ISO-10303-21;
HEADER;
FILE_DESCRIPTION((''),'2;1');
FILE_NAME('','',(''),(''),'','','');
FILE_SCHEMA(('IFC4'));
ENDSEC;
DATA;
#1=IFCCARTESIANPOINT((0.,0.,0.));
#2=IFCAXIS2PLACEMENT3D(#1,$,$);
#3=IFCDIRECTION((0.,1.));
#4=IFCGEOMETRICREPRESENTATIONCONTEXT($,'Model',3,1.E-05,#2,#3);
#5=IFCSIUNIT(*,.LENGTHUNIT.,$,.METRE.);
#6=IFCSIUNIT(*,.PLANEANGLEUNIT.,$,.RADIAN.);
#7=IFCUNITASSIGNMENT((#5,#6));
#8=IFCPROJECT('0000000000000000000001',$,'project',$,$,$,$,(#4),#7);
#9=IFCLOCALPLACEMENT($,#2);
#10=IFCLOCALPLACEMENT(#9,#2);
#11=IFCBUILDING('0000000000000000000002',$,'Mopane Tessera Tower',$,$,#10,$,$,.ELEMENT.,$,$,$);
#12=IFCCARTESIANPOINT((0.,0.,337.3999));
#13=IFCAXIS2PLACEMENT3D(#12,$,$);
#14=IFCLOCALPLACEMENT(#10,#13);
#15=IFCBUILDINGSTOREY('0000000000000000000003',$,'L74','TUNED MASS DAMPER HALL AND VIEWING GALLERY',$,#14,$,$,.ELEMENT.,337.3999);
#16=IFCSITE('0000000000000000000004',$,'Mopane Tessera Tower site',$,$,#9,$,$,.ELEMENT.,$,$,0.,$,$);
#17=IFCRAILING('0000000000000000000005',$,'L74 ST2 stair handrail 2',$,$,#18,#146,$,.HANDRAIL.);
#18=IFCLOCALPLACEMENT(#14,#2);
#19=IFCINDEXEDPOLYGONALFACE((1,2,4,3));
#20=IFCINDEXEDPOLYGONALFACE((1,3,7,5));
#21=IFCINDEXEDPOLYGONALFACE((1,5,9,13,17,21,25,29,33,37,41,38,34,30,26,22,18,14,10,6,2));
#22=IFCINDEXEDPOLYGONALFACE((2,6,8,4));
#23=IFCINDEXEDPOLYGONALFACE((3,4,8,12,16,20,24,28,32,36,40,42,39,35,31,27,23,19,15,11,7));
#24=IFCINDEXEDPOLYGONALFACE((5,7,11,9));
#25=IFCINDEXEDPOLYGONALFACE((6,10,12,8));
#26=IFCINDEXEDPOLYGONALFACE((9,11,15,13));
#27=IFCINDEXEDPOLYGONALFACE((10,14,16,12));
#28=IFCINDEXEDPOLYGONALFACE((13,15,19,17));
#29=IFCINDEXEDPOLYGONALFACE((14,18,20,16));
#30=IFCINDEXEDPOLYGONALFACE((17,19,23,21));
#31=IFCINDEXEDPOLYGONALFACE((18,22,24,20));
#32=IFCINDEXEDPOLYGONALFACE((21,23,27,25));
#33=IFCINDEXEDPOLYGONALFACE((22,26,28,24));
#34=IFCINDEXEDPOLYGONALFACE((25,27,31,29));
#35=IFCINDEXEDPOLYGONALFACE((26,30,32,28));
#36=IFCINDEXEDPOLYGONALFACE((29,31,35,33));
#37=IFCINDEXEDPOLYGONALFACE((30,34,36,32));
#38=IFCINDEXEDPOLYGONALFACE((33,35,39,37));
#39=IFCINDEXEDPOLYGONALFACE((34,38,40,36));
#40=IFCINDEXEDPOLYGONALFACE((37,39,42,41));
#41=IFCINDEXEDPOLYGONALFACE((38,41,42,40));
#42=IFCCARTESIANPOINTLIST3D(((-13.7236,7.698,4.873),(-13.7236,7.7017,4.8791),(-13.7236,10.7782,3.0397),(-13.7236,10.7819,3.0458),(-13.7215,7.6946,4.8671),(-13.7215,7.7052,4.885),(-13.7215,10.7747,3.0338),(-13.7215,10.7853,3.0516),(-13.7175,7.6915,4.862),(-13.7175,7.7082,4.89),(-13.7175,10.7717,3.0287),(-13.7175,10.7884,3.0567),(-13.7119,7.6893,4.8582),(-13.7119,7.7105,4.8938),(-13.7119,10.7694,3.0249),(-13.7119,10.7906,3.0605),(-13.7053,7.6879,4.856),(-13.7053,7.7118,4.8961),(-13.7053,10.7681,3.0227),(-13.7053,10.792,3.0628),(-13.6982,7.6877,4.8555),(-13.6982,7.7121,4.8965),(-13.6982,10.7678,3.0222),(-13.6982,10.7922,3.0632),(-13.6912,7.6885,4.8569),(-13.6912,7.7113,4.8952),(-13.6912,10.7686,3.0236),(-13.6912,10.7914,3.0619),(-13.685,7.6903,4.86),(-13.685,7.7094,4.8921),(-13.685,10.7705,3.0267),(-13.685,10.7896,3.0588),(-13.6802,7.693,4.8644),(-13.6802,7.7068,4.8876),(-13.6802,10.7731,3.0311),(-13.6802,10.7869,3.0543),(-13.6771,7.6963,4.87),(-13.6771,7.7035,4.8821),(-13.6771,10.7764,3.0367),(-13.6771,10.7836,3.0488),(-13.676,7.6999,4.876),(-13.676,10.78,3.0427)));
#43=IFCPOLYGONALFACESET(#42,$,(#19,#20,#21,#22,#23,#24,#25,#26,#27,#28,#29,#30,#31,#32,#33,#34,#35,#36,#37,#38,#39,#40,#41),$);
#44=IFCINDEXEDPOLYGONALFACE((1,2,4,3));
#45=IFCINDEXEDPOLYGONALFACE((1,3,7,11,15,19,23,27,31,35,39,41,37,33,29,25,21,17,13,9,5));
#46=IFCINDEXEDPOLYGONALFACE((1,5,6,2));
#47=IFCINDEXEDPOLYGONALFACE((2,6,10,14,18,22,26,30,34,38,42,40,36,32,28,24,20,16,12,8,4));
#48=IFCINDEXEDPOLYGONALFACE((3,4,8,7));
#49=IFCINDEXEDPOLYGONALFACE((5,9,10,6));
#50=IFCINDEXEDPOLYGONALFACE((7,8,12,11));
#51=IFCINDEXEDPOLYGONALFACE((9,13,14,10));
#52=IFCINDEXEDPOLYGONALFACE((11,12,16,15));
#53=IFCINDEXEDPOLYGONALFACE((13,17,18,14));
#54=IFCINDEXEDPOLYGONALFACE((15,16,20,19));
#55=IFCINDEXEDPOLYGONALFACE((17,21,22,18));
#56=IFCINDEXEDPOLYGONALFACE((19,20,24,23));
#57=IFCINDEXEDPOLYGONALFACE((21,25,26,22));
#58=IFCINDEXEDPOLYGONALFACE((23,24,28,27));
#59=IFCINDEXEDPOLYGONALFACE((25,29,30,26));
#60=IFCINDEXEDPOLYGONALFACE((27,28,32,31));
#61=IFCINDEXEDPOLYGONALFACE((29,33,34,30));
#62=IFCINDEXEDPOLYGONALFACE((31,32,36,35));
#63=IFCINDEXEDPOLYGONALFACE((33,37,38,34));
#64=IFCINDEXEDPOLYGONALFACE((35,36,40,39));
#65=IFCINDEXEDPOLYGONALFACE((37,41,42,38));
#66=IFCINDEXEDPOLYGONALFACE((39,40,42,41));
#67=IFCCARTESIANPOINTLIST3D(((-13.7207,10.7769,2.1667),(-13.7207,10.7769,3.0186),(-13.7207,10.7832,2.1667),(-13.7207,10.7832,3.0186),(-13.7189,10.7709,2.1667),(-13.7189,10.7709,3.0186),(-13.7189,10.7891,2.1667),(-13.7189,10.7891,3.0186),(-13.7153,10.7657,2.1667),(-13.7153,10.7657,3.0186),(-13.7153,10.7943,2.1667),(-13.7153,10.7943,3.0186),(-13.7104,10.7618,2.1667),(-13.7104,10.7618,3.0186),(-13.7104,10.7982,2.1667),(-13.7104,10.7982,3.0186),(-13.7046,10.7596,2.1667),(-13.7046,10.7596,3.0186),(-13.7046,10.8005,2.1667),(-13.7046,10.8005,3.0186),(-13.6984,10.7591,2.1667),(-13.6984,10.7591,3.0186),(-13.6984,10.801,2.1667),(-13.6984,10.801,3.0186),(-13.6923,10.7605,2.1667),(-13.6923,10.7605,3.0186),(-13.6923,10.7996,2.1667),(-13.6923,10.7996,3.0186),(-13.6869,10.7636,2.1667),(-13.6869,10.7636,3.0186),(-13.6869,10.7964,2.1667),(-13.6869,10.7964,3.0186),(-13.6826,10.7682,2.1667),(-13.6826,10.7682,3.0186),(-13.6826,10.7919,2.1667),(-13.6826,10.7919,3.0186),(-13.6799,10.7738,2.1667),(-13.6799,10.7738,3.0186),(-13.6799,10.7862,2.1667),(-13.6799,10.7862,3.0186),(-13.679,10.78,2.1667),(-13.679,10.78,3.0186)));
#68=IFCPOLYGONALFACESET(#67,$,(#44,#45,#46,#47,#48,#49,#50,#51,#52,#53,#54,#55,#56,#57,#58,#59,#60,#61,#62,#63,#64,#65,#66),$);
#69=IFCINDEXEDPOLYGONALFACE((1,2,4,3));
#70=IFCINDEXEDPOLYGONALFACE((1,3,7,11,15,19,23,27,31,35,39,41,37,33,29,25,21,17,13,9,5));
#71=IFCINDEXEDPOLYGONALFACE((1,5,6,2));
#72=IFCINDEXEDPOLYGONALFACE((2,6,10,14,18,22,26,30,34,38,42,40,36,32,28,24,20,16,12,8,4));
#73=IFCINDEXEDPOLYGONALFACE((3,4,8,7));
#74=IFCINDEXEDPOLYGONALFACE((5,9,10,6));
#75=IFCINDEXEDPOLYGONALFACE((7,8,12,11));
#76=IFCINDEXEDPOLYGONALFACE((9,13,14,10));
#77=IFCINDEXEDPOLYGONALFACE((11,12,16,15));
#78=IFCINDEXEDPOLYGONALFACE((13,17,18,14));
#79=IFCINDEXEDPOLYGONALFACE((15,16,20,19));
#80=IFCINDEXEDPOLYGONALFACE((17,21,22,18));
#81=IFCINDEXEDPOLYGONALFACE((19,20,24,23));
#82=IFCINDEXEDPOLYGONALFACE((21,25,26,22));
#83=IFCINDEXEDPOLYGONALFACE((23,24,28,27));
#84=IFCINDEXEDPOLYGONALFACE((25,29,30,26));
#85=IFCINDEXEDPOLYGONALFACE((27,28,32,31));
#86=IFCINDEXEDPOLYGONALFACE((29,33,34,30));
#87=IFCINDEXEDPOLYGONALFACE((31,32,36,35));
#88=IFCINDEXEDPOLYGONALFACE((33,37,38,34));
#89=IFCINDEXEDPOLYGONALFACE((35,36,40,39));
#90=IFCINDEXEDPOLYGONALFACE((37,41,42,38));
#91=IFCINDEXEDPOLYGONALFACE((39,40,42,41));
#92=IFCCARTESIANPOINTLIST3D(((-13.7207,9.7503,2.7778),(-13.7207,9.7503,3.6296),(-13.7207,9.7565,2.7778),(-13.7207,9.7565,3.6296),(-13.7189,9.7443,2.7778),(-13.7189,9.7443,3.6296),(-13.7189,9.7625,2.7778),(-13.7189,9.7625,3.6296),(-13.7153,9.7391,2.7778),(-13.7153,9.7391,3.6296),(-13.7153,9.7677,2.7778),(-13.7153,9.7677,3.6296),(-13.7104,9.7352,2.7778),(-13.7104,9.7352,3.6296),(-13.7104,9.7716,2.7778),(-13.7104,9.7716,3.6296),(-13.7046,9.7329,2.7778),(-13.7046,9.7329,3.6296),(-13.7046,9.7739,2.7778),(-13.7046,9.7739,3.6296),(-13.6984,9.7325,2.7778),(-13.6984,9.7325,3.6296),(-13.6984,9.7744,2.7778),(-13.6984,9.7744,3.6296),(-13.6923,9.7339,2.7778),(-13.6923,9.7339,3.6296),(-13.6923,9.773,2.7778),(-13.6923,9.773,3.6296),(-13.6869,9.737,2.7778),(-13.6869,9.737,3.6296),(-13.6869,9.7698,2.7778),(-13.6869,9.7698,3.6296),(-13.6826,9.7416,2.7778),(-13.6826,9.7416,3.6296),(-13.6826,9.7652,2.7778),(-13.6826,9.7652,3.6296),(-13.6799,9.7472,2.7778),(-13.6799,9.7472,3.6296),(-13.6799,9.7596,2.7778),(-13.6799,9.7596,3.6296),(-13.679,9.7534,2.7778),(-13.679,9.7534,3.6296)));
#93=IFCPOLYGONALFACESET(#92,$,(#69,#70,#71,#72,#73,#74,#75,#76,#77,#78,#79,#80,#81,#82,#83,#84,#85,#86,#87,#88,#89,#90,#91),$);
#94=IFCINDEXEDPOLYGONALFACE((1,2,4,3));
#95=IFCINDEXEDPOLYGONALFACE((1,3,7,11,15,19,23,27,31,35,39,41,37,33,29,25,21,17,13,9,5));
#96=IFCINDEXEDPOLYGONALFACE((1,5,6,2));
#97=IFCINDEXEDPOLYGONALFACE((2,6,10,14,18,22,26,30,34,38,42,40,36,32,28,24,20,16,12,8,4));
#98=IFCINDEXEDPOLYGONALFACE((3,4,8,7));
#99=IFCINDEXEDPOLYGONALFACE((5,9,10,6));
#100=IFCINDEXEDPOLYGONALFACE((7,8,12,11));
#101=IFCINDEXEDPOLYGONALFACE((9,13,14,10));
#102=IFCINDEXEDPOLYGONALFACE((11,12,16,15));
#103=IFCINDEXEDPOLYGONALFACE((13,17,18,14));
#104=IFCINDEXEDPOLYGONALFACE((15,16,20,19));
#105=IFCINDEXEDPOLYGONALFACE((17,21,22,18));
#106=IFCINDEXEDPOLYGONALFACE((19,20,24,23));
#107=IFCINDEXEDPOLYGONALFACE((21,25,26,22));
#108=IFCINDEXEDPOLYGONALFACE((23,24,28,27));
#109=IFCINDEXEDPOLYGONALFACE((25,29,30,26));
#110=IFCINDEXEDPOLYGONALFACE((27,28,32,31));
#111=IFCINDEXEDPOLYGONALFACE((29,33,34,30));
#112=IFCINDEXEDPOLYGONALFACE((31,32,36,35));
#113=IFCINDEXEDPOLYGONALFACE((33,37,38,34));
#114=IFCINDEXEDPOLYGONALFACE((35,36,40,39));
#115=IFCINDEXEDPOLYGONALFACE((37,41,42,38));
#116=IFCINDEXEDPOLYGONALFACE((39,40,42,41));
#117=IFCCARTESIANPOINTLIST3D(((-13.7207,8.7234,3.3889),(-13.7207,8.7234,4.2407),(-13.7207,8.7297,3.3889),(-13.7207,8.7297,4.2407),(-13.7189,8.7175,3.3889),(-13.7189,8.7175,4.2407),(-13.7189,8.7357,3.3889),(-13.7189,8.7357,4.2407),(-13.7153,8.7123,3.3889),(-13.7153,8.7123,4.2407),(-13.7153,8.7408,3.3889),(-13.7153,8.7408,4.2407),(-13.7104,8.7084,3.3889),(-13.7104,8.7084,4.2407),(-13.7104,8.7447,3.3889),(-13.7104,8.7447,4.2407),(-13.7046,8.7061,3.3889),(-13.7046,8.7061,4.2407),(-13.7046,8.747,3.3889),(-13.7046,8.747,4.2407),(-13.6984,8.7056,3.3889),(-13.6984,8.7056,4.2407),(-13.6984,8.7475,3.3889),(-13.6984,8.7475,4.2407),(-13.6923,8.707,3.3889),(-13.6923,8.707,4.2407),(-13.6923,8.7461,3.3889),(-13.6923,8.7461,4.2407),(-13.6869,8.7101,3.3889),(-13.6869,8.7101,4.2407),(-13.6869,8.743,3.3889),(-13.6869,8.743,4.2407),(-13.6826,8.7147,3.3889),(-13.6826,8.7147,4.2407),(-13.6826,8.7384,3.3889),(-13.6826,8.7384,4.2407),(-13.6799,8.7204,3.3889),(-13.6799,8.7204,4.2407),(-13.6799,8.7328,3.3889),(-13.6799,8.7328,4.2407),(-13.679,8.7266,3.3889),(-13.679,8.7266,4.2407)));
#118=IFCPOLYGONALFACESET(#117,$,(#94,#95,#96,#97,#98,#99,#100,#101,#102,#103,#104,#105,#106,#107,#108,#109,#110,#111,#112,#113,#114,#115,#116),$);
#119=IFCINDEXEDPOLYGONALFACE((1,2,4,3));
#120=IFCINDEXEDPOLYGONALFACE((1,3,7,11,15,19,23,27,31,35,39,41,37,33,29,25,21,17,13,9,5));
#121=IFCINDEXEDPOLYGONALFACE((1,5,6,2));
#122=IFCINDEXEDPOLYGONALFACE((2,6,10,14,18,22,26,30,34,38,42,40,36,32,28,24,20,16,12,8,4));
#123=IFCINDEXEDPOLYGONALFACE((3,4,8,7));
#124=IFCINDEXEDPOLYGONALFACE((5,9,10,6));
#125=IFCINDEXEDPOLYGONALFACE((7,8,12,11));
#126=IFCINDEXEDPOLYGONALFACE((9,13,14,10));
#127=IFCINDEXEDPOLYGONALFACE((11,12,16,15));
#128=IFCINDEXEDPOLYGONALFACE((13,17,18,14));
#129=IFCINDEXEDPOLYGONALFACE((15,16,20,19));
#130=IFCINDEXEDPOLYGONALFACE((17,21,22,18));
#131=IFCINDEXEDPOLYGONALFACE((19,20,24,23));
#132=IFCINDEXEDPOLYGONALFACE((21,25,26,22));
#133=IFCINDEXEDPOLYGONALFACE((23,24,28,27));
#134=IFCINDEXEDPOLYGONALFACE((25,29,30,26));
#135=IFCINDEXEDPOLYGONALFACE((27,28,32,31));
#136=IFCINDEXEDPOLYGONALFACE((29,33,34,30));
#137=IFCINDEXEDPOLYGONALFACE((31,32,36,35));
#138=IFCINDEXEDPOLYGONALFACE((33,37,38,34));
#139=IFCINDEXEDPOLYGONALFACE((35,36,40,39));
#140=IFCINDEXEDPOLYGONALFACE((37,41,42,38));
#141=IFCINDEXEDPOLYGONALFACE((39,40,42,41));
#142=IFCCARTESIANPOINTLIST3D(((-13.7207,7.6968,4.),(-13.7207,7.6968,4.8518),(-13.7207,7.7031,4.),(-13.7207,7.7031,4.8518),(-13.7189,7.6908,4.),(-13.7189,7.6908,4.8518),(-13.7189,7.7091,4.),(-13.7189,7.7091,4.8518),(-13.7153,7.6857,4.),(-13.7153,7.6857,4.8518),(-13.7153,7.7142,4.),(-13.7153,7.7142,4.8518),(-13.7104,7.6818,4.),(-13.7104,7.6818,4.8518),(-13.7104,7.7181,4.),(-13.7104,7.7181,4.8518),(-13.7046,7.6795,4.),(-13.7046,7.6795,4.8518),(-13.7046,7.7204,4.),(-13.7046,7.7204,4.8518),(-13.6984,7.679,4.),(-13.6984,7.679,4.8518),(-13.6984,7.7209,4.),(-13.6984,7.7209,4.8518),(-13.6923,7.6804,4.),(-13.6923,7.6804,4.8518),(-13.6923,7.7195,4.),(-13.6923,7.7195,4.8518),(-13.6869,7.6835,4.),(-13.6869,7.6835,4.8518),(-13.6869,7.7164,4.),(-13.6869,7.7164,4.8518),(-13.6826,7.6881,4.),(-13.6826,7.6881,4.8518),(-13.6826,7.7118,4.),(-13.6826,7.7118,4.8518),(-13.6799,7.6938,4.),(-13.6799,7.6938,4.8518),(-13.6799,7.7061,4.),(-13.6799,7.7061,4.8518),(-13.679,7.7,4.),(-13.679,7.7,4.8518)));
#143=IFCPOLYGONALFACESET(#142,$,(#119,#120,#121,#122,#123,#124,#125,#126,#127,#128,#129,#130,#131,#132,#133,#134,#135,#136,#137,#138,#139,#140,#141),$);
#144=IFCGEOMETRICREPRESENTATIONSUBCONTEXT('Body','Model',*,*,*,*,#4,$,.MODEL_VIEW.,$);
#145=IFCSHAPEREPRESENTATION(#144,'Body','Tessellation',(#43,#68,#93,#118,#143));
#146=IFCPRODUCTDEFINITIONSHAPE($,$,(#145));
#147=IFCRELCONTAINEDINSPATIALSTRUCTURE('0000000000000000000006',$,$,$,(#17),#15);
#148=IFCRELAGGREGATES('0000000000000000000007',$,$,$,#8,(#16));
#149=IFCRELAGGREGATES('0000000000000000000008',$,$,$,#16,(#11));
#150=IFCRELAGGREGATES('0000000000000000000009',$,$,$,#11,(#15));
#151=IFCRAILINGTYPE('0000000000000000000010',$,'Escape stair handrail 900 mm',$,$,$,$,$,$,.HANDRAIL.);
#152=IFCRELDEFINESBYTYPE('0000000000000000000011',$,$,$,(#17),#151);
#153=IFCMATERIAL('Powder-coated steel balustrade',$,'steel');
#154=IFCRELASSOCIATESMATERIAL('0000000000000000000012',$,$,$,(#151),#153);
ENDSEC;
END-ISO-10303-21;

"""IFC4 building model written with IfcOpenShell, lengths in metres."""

from ifc_helpers import new_model, si_unit, direction, frame, origin, origin_2d, place, context, subcontext, project, spatial, circle, extrude, material, type_object, element, save


model = new_model("IFC4")

# Units and contexts
model_context = context("Model", 3, precision=1e-05, world=origin(), true_north=direction((0.0, 1.0)))
body_context = subcontext(model_context, "Body", "Model", "MODEL_VIEW")
ifc_project = project(units=[si_unit("LENGTHUNIT", "METRE"), si_unit("PLANEANGLEUNIT", "RADIAN")], contexts=[model_context])

# Site, building, storey
site_placement = place(None, origin())
site = spatial("IfcSite", under=ifc_project, at=site_placement, Name="Mopane Tessera Tower site", CompositionType="ELEMENT", RefElevation=0.0)
building_placement = place(site_placement, origin())
building = spatial("IfcBuilding", under=site, at=building_placement, Name="Mopane Tessera Tower", CompositionType="ELEMENT")
storey_placement = place(building_placement, frame((0.0, 0.0, 337.3999)))
storey = spatial("IfcBuildingStorey", under=building, at=storey_placement, Name="L74", Description="TUNED MASS DAMPER HALL AND VIEWING GALLERY", CompositionType="ELEMENT", Elevation=337.3999)

# Railing
ifc_material_1 = material(Name="Powder-coated steel balustrade", Category="steel")
railing_type_1 = type_object("IfcRailingType", Name="Escape stair handrail 900 mm", PredefinedType="HANDRAIL", material=ifc_material_1)
for number, where, name in (
    (1, (-13.7, 10.78, 2.1667), "L74 ST2 stair handrail 2"),
):
    element("IfcRailing", number, at=place(storey_placement, frame(where)), inside=storey, type_object=railing_type_1, Name=name, PredefinedType="HANDRAIL", context=body_context, shape_type="SweptSolid", body=[
        extrude(circle(Radius=0.0239, at=origin_2d()), frame((0.0, 0.0, 0.876), z_axis=(0.0, -0.859309, 0.511458), x_axis=(1.0, 0.0, 0.0)), (0.0, 0.0, 1.0), 3.5845),
        extrude(circle(Radius=0.021, at=origin_2d()), origin(), (0.0, 0.0, 1.0), 0.8518),
        extrude(circle(Radius=0.021, at=origin_2d()), frame((0.0, -1.0266, 0.6111)), (0.0, 0.0, 1.0), 0.8518),
        extrude(circle(Radius=0.021, at=origin_2d()), frame((0.0, -2.0535, 1.2222)), (0.0, 0.0, 1.0), 0.8518),
        extrude(circle(Radius=0.021, at=origin_2d()), frame((0.0, -3.0801, 1.8333)), (0.0, 0.0, 1.0), 0.8518),
    ])

save(model, "model.ifc")
